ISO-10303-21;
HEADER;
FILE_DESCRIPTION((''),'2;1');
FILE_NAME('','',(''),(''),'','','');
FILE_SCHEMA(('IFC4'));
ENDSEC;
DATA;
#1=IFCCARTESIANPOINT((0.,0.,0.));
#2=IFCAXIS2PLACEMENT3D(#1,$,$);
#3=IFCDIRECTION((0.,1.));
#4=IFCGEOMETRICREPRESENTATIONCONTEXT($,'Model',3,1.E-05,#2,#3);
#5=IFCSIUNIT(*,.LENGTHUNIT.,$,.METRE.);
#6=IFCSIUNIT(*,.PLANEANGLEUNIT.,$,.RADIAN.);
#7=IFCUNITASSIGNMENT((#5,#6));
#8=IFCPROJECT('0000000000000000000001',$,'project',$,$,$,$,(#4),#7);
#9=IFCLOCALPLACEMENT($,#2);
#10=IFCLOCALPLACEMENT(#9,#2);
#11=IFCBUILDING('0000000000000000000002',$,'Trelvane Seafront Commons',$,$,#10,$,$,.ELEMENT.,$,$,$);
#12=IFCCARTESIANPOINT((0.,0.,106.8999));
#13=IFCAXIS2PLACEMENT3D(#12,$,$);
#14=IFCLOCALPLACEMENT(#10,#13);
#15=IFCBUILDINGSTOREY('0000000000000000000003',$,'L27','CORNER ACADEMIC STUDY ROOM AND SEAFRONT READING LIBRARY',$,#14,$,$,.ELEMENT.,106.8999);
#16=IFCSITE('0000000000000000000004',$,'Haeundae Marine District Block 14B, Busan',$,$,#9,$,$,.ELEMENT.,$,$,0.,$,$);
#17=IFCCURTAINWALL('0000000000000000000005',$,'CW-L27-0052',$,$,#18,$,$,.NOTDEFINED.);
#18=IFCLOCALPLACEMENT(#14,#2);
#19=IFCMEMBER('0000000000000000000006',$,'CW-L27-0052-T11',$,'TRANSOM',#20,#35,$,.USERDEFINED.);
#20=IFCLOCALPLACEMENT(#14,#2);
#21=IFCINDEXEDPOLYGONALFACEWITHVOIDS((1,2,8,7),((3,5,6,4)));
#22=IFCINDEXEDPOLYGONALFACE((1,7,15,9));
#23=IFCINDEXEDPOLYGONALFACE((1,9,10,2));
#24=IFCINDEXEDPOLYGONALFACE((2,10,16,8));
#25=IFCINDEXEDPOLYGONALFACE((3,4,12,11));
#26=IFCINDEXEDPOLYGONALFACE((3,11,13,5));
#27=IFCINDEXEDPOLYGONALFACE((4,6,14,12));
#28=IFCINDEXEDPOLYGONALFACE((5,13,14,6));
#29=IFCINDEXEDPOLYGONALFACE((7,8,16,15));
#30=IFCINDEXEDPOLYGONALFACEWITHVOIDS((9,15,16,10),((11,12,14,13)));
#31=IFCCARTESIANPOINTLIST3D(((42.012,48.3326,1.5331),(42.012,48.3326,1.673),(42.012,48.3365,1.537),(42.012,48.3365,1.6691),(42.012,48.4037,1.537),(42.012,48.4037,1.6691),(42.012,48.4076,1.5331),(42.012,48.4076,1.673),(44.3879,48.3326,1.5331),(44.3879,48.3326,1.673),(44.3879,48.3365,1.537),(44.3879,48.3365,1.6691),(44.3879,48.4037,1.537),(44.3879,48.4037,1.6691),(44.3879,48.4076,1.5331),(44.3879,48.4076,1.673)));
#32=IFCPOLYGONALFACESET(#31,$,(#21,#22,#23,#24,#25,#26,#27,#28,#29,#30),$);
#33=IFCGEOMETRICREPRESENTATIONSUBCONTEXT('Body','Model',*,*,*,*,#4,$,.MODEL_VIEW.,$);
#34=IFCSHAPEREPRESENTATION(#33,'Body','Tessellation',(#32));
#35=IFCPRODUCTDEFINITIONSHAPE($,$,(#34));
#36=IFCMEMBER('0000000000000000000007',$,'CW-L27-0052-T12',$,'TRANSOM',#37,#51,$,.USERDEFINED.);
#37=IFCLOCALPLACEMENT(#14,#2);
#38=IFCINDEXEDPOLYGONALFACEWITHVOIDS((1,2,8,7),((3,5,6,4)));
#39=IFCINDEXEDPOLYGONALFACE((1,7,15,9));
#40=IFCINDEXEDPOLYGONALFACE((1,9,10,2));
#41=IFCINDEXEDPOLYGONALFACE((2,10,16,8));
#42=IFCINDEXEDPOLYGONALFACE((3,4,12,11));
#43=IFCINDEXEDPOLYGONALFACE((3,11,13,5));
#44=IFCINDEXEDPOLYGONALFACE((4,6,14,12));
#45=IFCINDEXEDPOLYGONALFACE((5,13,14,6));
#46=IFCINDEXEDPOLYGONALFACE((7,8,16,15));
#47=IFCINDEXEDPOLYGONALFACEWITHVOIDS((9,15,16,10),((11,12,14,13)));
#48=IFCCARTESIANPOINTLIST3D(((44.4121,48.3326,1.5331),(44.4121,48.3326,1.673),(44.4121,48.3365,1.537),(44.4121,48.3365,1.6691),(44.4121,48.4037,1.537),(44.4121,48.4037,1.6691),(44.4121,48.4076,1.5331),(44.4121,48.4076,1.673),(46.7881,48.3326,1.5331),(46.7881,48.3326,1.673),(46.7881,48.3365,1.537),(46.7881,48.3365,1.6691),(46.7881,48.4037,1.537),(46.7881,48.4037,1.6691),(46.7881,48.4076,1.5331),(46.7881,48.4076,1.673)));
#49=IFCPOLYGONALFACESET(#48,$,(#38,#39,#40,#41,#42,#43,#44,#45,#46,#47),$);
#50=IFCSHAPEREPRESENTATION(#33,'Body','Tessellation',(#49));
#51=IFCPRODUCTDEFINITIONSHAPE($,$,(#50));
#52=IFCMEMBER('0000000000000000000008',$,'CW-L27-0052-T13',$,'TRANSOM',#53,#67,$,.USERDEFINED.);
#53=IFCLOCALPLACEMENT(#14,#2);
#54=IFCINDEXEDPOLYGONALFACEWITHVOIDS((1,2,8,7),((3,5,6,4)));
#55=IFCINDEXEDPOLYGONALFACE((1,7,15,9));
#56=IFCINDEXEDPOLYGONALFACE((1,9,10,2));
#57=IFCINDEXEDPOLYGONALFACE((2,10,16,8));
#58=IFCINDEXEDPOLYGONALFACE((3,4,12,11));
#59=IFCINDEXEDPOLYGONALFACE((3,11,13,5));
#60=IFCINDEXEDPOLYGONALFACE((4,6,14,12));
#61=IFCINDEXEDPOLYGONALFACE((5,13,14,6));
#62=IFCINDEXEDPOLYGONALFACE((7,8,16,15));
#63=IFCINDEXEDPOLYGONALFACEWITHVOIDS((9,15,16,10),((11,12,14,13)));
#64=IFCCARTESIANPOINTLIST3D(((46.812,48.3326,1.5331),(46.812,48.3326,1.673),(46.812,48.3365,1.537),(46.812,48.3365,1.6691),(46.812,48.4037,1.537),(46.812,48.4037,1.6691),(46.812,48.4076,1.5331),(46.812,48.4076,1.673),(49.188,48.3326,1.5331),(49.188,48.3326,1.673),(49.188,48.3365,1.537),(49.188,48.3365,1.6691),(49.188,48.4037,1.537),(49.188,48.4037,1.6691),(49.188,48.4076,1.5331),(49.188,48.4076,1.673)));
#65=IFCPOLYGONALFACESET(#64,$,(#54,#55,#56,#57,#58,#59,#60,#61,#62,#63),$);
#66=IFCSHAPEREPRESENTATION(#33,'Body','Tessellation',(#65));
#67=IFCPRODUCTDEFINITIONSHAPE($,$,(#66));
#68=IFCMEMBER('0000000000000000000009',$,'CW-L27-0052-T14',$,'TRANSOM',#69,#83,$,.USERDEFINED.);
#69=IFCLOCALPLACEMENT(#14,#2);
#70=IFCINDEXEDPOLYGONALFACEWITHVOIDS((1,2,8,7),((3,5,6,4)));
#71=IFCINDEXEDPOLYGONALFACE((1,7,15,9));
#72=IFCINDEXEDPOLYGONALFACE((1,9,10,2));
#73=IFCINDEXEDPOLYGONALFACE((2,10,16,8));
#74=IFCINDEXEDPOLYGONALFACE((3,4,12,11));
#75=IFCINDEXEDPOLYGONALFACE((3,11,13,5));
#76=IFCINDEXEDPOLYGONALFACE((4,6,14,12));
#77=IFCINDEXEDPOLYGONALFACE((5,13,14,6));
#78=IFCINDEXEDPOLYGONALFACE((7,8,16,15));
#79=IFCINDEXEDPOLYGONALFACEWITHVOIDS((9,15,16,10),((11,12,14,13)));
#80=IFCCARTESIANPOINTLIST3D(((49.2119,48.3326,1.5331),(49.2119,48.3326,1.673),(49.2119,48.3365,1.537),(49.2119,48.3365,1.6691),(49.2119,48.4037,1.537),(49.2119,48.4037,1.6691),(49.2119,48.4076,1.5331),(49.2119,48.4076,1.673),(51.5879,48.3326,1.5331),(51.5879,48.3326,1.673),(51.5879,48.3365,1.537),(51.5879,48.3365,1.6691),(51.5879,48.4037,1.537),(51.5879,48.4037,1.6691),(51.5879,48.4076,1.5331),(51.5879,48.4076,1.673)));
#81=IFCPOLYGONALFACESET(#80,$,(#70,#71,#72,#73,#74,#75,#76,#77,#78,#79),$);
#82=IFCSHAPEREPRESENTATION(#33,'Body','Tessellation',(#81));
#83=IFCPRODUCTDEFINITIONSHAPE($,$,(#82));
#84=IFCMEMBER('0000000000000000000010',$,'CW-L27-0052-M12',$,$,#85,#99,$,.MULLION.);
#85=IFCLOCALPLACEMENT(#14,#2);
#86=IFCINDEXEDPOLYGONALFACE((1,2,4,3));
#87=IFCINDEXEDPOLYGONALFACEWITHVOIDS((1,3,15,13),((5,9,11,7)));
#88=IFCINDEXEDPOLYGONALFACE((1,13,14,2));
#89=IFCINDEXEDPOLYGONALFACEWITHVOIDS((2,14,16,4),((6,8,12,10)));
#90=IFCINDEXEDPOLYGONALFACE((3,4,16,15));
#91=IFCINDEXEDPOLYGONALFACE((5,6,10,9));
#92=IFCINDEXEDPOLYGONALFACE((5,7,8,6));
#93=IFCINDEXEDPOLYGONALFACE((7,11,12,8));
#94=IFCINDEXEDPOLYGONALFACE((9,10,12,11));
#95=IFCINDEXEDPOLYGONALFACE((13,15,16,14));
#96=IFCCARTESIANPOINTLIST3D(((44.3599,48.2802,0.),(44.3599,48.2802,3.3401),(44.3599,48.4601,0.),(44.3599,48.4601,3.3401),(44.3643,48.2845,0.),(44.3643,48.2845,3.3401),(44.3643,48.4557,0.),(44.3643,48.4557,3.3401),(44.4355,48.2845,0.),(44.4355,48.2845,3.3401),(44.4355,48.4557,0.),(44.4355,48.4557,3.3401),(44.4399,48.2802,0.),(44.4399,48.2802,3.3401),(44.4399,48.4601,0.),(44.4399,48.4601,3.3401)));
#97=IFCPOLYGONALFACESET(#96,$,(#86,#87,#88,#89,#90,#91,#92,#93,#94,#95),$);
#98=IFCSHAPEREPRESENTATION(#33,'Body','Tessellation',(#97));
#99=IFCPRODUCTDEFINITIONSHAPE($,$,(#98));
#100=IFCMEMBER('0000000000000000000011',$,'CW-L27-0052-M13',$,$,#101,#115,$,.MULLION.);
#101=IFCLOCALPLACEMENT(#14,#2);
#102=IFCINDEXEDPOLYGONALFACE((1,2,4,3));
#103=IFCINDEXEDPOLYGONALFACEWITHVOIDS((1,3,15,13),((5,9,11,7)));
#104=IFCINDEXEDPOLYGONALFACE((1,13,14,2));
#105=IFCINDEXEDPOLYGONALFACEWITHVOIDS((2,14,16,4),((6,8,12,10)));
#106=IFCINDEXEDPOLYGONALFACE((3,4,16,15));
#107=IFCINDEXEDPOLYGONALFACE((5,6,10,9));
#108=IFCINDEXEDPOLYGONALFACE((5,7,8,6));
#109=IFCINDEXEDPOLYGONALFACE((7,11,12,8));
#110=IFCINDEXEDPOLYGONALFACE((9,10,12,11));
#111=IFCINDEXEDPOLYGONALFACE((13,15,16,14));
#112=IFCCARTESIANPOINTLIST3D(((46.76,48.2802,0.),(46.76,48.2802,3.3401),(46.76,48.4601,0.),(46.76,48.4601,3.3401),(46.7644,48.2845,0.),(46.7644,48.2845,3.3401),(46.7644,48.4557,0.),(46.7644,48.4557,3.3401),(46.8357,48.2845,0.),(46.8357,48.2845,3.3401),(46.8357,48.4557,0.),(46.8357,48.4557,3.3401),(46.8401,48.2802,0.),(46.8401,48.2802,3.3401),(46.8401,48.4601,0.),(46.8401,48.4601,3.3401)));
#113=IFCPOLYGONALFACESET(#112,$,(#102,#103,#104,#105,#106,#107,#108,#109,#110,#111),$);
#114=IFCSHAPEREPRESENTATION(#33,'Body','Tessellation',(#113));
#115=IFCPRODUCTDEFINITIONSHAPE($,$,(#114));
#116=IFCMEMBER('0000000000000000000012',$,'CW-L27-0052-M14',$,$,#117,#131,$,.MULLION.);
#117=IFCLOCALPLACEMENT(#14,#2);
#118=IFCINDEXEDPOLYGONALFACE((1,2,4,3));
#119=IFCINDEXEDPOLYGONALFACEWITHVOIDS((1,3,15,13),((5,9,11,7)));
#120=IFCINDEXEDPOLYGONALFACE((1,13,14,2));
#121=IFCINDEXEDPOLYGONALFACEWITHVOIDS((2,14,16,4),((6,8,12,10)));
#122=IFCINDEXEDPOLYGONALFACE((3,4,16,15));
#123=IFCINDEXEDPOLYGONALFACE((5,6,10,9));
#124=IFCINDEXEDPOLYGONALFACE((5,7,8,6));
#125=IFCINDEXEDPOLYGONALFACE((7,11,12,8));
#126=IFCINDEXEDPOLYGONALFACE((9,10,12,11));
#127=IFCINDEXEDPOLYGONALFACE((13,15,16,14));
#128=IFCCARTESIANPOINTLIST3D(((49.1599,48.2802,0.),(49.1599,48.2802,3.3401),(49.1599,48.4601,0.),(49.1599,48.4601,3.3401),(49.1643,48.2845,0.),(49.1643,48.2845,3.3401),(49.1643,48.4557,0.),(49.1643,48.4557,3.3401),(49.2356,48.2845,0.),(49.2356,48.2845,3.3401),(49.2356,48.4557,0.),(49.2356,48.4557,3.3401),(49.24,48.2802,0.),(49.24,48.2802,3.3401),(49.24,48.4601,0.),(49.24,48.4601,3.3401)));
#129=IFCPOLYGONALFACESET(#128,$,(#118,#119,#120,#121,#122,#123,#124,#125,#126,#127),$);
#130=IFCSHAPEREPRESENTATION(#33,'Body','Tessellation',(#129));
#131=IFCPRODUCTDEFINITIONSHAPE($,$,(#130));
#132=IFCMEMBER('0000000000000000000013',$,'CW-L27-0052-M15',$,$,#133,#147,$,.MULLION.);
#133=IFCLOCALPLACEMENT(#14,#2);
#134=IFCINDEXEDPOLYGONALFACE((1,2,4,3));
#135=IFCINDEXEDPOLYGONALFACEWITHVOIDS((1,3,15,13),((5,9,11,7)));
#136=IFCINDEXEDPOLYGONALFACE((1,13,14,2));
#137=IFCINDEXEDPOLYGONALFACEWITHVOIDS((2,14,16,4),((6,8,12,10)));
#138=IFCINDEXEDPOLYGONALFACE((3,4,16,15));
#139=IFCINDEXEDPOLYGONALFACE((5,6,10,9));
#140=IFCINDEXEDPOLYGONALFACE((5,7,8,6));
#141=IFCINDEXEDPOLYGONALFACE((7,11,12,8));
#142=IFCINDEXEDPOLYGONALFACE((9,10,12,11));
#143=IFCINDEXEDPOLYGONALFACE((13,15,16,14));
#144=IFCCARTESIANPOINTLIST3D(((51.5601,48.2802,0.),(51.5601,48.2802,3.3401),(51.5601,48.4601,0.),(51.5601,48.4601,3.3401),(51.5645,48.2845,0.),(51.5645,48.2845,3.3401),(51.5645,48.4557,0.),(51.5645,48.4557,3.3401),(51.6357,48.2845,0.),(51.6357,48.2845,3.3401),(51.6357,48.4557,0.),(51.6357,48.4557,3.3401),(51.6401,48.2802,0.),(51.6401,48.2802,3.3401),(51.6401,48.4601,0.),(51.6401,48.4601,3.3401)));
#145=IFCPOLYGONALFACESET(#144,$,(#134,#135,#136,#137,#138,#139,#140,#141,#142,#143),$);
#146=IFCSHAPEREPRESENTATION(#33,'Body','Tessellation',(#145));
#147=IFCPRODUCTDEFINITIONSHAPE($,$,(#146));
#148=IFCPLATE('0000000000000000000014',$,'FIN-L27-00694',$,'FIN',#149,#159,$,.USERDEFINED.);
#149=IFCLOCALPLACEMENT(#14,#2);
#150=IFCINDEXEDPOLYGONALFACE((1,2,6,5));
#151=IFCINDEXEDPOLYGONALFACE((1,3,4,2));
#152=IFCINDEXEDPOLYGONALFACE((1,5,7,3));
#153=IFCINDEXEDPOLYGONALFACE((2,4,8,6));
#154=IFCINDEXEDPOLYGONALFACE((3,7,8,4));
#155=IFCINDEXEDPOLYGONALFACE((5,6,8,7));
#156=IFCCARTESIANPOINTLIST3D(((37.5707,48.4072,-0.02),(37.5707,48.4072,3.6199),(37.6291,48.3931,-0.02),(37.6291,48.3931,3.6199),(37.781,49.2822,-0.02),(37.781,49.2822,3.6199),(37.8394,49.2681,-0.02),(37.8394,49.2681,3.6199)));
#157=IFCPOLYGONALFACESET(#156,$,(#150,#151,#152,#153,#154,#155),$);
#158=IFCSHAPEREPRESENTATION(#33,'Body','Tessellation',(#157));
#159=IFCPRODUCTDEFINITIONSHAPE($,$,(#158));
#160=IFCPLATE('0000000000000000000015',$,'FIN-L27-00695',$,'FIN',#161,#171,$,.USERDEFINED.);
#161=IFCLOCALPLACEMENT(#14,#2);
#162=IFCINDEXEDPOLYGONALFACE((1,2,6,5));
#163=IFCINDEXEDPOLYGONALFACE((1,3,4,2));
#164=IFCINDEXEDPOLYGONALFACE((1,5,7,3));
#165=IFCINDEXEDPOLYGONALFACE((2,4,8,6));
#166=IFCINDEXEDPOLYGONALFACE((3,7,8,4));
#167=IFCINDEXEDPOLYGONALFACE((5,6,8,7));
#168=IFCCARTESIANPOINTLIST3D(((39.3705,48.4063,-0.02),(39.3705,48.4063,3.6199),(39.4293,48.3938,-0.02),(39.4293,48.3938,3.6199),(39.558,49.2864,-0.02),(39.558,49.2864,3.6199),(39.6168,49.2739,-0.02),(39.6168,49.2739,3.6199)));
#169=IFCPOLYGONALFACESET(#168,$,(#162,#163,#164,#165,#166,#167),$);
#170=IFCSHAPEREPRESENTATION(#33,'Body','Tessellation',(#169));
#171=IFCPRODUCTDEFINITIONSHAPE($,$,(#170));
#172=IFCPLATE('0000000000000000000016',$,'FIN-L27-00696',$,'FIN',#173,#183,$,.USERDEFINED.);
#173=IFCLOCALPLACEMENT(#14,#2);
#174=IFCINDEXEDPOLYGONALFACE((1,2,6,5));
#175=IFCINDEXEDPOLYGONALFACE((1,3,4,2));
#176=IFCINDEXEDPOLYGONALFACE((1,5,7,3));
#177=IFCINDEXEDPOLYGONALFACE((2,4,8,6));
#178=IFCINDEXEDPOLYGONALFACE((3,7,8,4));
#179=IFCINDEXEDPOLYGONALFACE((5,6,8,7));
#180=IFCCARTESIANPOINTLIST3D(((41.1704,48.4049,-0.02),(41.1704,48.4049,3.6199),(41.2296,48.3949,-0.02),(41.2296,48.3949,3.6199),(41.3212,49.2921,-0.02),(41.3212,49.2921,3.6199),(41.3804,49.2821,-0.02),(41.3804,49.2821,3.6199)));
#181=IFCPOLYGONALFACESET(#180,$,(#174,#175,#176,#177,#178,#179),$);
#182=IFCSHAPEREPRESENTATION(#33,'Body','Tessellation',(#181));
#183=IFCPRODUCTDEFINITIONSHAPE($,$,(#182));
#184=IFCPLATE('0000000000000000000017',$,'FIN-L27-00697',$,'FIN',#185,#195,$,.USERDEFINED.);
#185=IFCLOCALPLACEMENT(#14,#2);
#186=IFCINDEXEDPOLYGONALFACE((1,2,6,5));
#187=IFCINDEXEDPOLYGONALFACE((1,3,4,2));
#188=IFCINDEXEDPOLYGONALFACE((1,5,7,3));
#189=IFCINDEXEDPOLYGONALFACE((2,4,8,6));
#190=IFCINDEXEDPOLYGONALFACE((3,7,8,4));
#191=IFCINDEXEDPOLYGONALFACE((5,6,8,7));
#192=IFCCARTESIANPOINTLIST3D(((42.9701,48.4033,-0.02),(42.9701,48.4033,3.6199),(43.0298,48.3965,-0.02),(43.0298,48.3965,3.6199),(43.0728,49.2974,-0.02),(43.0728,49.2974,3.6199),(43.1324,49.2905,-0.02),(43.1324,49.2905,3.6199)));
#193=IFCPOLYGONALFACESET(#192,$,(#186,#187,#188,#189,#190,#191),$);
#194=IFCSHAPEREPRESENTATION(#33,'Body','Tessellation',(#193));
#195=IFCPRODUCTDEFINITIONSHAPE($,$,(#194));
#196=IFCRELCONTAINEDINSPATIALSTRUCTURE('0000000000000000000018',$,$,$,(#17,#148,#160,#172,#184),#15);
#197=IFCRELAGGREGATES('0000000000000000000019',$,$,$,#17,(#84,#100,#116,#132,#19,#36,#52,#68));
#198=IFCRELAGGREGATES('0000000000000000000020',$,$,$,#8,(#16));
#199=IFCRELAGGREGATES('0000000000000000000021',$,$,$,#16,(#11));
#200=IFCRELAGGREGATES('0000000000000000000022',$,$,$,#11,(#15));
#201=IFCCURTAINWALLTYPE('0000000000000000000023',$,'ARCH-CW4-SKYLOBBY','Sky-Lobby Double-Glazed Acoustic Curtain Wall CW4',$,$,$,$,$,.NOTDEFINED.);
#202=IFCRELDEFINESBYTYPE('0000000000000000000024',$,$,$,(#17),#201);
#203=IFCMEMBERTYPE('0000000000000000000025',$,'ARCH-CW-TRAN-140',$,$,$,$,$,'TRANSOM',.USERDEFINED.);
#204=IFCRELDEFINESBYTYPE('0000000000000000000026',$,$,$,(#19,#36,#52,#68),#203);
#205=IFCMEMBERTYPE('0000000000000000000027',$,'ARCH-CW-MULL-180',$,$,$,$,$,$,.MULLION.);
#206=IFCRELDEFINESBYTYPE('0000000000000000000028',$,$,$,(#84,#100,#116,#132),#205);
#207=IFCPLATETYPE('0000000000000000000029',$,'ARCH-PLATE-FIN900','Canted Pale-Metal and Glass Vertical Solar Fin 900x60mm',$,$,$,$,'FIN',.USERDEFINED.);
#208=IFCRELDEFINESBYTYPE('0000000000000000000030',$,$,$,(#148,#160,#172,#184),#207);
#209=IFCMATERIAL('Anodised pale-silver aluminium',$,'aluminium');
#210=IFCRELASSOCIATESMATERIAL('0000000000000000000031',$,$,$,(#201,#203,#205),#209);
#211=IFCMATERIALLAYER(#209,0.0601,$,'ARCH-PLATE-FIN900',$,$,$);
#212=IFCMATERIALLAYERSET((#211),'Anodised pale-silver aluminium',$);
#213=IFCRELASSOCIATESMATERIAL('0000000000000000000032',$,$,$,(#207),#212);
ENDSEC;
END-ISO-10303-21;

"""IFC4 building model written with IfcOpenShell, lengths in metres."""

from ifc_helpers import new_model, si_unit, direction, frame, origin, origin_2d, place, context, subcontext, project, spatial, rectangle, hollow_rectangle, extrude, source, transform, mapped, material, layer, layer_set, material_profile, profile_set, type_object, element, aggregate, save


model = new_model("IFC4")

# Units and contexts
model_context = context("Model", 3, precision=1e-05, world=origin(), true_north=direction((0.0, 1.0)))
body_context = subcontext(model_context, "Body", "Model", "MODEL_VIEW")
ifc_project = project(units=[si_unit("LENGTHUNIT", "METRE"), si_unit("PLANEANGLEUNIT", "RADIAN")], contexts=[model_context])

# Site, building, storey
site_placement = place(None, origin())
site = spatial("IfcSite", under=ifc_project, at=site_placement, Name="Haeundae Marine District Block 14B, Busan", CompositionType="ELEMENT", RefElevation=0.0)
building_placement = place(site_placement, origin())
building = spatial("IfcBuilding", under=site, at=building_placement, Name="Trelvane Seafront Commons", CompositionType="ELEMENT")
storey_placement = place(building_placement, frame((0.0, 0.0, 106.8999)))
storey = spatial("IfcBuildingStorey", under=building, at=storey_placement, Name="L27", Description="CORNER ACADEMIC STUDY ROOM AND SEAFRONT READING LIBRARY", CompositionType="ELEMENT", Elevation=106.8999)

# Curtain wall, members
ifc_material_1 = material(Name="Anodised pale-silver aluminium", Category="aluminium")
curtain_wall_type = type_object("IfcCurtainWallType", Name="ARCH-CW4-SKYLOBBY", Description="Sky-Lobby Double-Glazed Acoustic Curtain Wall CW4", PredefinedType="NOTDEFINED", material=ifc_material_1)
curtain_wall_placement = place(storey_placement, origin())
curtain_wall = element("IfcCurtainWall", 1, at=curtain_wall_placement, inside=storey, type_object=curtain_wall_type, Name="CW-L27-0052", PredefinedType="NOTDEFINED")
ifc_material_profile_1 = material_profile(ifc_material_1, hollow_rectangle(XDim=0.075, YDim=0.1399, WallThickness=0.0039, at=origin_2d()), Name="TRAN-75x140x4")
ifc_profile_set_1 = profile_set([ifc_material_profile_1], Name="Anodised pale-silver aluminium")
member_type_1 = type_object("IfcMemberType", Name="ARCH-CW-TRAN-140", ElementType="TRANSOM", PredefinedType="USERDEFINED", material=ifc_profile_set_1)
shared_shape_1 = source(origin(), body_context, "Body", "SweptSolid", [
    extrude(hollow_rectangle(XDim=0.075, YDim=0.1399, WallThickness=0.0039, at=origin_2d()), origin(), (0.0, 0.0, 1.0), 2.376),
])
member_1_placement = place(storey_placement, frame((42.012, 48.3701, 1.603), z_axis=(1.0, 0.0, 0.0), x_axis=(0.0, 1.0, 0.0)))
member_1 = element("IfcMember", 2, at=member_1_placement, type_object=member_type_1, Name="CW-L27-0052-T11", ObjectType="TRANSOM", PredefinedType="USERDEFINED", context=body_context, shape_type="MappedRepresentation", body=[
    mapped(shared_shape_1, transform((0.0, 0.0, 0.0), x_axis=(1.0, 0.0, 0.0), y_axis=(0.0, 1.0, 0.0), z_axis=(0.0, 0.0, 1.0), scale=1.0)),
])
member_2_placement = place(storey_placement, frame((44.4121, 48.3701, 1.603), z_axis=(1.0, 0.0, 0.0), x_axis=(0.0, 1.0, 0.0)))
member_2 = element("IfcMember", 3, at=member_2_placement, type_object=member_type_1, Name="CW-L27-0052-T12", ObjectType="TRANSOM", PredefinedType="USERDEFINED", context=body_context, shape_type="MappedRepresentation", body=[
    mapped(shared_shape_1, transform((0.0, 0.0, 0.0), x_axis=(1.0, 0.0, 0.0), y_axis=(0.0, 1.0, 0.0), z_axis=(0.0, 0.0, 1.0), scale=1.0)),
])
member_3_placement = place(storey_placement, frame((46.812, 48.3701, 1.603), z_axis=(1.0, 0.0, 0.0), x_axis=(0.0, 1.0, 0.0)))
member_3 = element("IfcMember", 4, at=member_3_placement, type_object=member_type_1, Name="CW-L27-0052-T13", ObjectType="TRANSOM", PredefinedType="USERDEFINED", context=body_context, shape_type="MappedRepresentation", body=[
    mapped(shared_shape_1, transform((0.0, 0.0, 0.0), x_axis=(1.0, 0.0, 0.0), y_axis=(0.0, 1.0, 0.0), z_axis=(0.0, 0.0, 1.0), scale=1.0)),
])
member_4_placement = place(storey_placement, frame((49.2119, 48.3701, 1.603), z_axis=(1.0, 0.0, 0.0), x_axis=(0.0, 1.0, 0.0)))
member_4 = element("IfcMember", 5, at=member_4_placement, type_object=member_type_1, Name="CW-L27-0052-T14", ObjectType="TRANSOM", PredefinedType="USERDEFINED", context=body_context, shape_type="MappedRepresentation", body=[
    mapped(shared_shape_1, transform((0.0, 0.0, 0.0), x_axis=(1.0, 0.0, 0.0), y_axis=(0.0, 1.0, 0.0), z_axis=(0.0, 0.0, 1.0), scale=1.0)),
])
ifc_material_profile_2 = material_profile(ifc_material_1, hollow_rectangle(XDim=0.0801, YDim=0.1799, WallThickness=0.0044, at=origin_2d()), Name="MULL-80x180x4.5")
ifc_profile_set_2 = profile_set([ifc_material_profile_2], Name="Anodised pale-silver aluminium")
member_type_2 = type_object("IfcMemberType", Name="ARCH-CW-MULL-180", PredefinedType="MULLION", material=ifc_profile_set_2)
shared_shape_2 = source(origin(), body_context, "Body", "SweptSolid", [
    extrude(hollow_rectangle(XDim=0.0801, YDim=0.1799, WallThickness=0.0044, at=origin_2d()), origin(), (0.0, 0.0, 1.0), 3.3401),
])
member_5_placement = place(storey_placement, frame((44.3999, 48.3701, 0.0), z_axis=(0.0, 0.0, 1.0), x_axis=(1.0, 0.0, 0.0)))
member_5 = element("IfcMember", 6, at=member_5_placement, type_object=member_type_2, Name="CW-L27-0052-M12", PredefinedType="MULLION", context=body_context, shape_type="MappedRepresentation", body=[
    mapped(shared_shape_2, transform((0.0, 0.0, 0.0), x_axis=(1.0, 0.0, 0.0), y_axis=(0.0, 1.0, 0.0), z_axis=(0.0, 0.0, 1.0), scale=1.0)),
])
member_6_placement = place(storey_placement, frame((46.8, 48.3701, 0.0), z_axis=(0.0, 0.0, 1.0), x_axis=(1.0, 0.0, 0.0)))
member_6 = element("IfcMember", 7, at=member_6_placement, type_object=member_type_2, Name="CW-L27-0052-M13", PredefinedType="MULLION", context=body_context, shape_type="MappedRepresentation", body=[
    mapped(shared_shape_2, transform((0.0, 0.0, 0.0), x_axis=(1.0, 0.0, 0.0), y_axis=(0.0, 1.0, 0.0), z_axis=(0.0, 0.0, 1.0), scale=1.0)),
])
member_7_placement = place(storey_placement, frame((49.2, 48.3701, 0.0), z_axis=(0.0, 0.0, 1.0), x_axis=(1.0, 0.0, 0.0)))
member_7 = element("IfcMember", 8, at=member_7_placement, type_object=member_type_2, Name="CW-L27-0052-M14", PredefinedType="MULLION", context=body_context, shape_type="MappedRepresentation", body=[
    mapped(shared_shape_2, transform((0.0, 0.0, 0.0), x_axis=(1.0, 0.0, 0.0), y_axis=(0.0, 1.0, 0.0), z_axis=(0.0, 0.0, 1.0), scale=1.0)),
])
member_8_placement = place(storey_placement, frame((51.6001, 48.3701, 0.0), z_axis=(0.0, 0.0, 1.0), x_axis=(1.0, 0.0, 0.0)))
member_8 = element("IfcMember", 9, at=member_8_placement, type_object=member_type_2, Name="CW-L27-0052-M15", PredefinedType="MULLION", context=body_context, shape_type="MappedRepresentation", body=[
    mapped(shared_shape_2, transform((0.0, 0.0, 0.0), x_axis=(1.0, 0.0, 0.0), y_axis=(0.0, 1.0, 0.0), z_axis=(0.0, 0.0, 1.0), scale=1.0)),
])

# Plates
ifc_layer_1 = layer(ifc_material_1, 0.0601, Name="ARCH-PLATE-FIN900")
ifc_layer_set_1 = layer_set([ifc_layer_1], Name="Anodised pale-silver aluminium")
plate_type_1 = type_object("IfcPlateType", Name="ARCH-PLATE-FIN900", Description="Canted Pale-Metal and Glass Vertical Solar Fin 900x60mm", ElementType="FIN", PredefinedType="USERDEFINED", material=ifc_layer_set_1)
shared_shape_3 = source(origin(), body_context, "Body", "SweptSolid", [
    extrude(rectangle(XDim=0.8999, YDim=0.0601, at=origin_2d()), origin(), (0.0, 0.0, 1.0), 3.6399),
])
for number, where, z_axis, x_axis, name in (
    (10, (37.7051, 48.8376, -0.02), (0.0, 0.0, 1.0), (0.233663, 0.972318, 0.0), "FIN-L27-00694"),
    (11, (39.4937, 48.8401, -0.02), (0.0, 0.0, 1.0), (0.208345, 0.978055, 0.0), "FIN-L27-00695"),
    (12, (41.2754, 48.8435, -0.02), (0.0, 0.0, 1.0), (0.167552, 0.985863, 0.0), "FIN-L27-00696"),
    (13, (43.0513, 48.8469, -0.02), (0.0, 0.0, 1.0), (0.114114, 0.993468, 0.0), "FIN-L27-00697"),
):
    element("IfcPlate", number, at=place(storey_placement, frame(where, z_axis=z_axis, x_axis=x_axis)), inside=storey, type_object=plate_type_1, Name=name, ObjectType="FIN", PredefinedType="USERDEFINED", context=body_context, shape_type="MappedRepresentation", body=[
        mapped(shared_shape_3, transform((0.0, 0.0, 0.0), x_axis=(1.0, 0.0, 0.0), y_axis=(0.0, 1.0, 0.0), z_axis=(0.0, 0.0, 1.0), scale=1.0)),
    ])

aggregate(curtain_wall, [member_5, member_6, member_7, member_8, member_1, member_2, member_3, member_4])

save(model, "model.ifc")
